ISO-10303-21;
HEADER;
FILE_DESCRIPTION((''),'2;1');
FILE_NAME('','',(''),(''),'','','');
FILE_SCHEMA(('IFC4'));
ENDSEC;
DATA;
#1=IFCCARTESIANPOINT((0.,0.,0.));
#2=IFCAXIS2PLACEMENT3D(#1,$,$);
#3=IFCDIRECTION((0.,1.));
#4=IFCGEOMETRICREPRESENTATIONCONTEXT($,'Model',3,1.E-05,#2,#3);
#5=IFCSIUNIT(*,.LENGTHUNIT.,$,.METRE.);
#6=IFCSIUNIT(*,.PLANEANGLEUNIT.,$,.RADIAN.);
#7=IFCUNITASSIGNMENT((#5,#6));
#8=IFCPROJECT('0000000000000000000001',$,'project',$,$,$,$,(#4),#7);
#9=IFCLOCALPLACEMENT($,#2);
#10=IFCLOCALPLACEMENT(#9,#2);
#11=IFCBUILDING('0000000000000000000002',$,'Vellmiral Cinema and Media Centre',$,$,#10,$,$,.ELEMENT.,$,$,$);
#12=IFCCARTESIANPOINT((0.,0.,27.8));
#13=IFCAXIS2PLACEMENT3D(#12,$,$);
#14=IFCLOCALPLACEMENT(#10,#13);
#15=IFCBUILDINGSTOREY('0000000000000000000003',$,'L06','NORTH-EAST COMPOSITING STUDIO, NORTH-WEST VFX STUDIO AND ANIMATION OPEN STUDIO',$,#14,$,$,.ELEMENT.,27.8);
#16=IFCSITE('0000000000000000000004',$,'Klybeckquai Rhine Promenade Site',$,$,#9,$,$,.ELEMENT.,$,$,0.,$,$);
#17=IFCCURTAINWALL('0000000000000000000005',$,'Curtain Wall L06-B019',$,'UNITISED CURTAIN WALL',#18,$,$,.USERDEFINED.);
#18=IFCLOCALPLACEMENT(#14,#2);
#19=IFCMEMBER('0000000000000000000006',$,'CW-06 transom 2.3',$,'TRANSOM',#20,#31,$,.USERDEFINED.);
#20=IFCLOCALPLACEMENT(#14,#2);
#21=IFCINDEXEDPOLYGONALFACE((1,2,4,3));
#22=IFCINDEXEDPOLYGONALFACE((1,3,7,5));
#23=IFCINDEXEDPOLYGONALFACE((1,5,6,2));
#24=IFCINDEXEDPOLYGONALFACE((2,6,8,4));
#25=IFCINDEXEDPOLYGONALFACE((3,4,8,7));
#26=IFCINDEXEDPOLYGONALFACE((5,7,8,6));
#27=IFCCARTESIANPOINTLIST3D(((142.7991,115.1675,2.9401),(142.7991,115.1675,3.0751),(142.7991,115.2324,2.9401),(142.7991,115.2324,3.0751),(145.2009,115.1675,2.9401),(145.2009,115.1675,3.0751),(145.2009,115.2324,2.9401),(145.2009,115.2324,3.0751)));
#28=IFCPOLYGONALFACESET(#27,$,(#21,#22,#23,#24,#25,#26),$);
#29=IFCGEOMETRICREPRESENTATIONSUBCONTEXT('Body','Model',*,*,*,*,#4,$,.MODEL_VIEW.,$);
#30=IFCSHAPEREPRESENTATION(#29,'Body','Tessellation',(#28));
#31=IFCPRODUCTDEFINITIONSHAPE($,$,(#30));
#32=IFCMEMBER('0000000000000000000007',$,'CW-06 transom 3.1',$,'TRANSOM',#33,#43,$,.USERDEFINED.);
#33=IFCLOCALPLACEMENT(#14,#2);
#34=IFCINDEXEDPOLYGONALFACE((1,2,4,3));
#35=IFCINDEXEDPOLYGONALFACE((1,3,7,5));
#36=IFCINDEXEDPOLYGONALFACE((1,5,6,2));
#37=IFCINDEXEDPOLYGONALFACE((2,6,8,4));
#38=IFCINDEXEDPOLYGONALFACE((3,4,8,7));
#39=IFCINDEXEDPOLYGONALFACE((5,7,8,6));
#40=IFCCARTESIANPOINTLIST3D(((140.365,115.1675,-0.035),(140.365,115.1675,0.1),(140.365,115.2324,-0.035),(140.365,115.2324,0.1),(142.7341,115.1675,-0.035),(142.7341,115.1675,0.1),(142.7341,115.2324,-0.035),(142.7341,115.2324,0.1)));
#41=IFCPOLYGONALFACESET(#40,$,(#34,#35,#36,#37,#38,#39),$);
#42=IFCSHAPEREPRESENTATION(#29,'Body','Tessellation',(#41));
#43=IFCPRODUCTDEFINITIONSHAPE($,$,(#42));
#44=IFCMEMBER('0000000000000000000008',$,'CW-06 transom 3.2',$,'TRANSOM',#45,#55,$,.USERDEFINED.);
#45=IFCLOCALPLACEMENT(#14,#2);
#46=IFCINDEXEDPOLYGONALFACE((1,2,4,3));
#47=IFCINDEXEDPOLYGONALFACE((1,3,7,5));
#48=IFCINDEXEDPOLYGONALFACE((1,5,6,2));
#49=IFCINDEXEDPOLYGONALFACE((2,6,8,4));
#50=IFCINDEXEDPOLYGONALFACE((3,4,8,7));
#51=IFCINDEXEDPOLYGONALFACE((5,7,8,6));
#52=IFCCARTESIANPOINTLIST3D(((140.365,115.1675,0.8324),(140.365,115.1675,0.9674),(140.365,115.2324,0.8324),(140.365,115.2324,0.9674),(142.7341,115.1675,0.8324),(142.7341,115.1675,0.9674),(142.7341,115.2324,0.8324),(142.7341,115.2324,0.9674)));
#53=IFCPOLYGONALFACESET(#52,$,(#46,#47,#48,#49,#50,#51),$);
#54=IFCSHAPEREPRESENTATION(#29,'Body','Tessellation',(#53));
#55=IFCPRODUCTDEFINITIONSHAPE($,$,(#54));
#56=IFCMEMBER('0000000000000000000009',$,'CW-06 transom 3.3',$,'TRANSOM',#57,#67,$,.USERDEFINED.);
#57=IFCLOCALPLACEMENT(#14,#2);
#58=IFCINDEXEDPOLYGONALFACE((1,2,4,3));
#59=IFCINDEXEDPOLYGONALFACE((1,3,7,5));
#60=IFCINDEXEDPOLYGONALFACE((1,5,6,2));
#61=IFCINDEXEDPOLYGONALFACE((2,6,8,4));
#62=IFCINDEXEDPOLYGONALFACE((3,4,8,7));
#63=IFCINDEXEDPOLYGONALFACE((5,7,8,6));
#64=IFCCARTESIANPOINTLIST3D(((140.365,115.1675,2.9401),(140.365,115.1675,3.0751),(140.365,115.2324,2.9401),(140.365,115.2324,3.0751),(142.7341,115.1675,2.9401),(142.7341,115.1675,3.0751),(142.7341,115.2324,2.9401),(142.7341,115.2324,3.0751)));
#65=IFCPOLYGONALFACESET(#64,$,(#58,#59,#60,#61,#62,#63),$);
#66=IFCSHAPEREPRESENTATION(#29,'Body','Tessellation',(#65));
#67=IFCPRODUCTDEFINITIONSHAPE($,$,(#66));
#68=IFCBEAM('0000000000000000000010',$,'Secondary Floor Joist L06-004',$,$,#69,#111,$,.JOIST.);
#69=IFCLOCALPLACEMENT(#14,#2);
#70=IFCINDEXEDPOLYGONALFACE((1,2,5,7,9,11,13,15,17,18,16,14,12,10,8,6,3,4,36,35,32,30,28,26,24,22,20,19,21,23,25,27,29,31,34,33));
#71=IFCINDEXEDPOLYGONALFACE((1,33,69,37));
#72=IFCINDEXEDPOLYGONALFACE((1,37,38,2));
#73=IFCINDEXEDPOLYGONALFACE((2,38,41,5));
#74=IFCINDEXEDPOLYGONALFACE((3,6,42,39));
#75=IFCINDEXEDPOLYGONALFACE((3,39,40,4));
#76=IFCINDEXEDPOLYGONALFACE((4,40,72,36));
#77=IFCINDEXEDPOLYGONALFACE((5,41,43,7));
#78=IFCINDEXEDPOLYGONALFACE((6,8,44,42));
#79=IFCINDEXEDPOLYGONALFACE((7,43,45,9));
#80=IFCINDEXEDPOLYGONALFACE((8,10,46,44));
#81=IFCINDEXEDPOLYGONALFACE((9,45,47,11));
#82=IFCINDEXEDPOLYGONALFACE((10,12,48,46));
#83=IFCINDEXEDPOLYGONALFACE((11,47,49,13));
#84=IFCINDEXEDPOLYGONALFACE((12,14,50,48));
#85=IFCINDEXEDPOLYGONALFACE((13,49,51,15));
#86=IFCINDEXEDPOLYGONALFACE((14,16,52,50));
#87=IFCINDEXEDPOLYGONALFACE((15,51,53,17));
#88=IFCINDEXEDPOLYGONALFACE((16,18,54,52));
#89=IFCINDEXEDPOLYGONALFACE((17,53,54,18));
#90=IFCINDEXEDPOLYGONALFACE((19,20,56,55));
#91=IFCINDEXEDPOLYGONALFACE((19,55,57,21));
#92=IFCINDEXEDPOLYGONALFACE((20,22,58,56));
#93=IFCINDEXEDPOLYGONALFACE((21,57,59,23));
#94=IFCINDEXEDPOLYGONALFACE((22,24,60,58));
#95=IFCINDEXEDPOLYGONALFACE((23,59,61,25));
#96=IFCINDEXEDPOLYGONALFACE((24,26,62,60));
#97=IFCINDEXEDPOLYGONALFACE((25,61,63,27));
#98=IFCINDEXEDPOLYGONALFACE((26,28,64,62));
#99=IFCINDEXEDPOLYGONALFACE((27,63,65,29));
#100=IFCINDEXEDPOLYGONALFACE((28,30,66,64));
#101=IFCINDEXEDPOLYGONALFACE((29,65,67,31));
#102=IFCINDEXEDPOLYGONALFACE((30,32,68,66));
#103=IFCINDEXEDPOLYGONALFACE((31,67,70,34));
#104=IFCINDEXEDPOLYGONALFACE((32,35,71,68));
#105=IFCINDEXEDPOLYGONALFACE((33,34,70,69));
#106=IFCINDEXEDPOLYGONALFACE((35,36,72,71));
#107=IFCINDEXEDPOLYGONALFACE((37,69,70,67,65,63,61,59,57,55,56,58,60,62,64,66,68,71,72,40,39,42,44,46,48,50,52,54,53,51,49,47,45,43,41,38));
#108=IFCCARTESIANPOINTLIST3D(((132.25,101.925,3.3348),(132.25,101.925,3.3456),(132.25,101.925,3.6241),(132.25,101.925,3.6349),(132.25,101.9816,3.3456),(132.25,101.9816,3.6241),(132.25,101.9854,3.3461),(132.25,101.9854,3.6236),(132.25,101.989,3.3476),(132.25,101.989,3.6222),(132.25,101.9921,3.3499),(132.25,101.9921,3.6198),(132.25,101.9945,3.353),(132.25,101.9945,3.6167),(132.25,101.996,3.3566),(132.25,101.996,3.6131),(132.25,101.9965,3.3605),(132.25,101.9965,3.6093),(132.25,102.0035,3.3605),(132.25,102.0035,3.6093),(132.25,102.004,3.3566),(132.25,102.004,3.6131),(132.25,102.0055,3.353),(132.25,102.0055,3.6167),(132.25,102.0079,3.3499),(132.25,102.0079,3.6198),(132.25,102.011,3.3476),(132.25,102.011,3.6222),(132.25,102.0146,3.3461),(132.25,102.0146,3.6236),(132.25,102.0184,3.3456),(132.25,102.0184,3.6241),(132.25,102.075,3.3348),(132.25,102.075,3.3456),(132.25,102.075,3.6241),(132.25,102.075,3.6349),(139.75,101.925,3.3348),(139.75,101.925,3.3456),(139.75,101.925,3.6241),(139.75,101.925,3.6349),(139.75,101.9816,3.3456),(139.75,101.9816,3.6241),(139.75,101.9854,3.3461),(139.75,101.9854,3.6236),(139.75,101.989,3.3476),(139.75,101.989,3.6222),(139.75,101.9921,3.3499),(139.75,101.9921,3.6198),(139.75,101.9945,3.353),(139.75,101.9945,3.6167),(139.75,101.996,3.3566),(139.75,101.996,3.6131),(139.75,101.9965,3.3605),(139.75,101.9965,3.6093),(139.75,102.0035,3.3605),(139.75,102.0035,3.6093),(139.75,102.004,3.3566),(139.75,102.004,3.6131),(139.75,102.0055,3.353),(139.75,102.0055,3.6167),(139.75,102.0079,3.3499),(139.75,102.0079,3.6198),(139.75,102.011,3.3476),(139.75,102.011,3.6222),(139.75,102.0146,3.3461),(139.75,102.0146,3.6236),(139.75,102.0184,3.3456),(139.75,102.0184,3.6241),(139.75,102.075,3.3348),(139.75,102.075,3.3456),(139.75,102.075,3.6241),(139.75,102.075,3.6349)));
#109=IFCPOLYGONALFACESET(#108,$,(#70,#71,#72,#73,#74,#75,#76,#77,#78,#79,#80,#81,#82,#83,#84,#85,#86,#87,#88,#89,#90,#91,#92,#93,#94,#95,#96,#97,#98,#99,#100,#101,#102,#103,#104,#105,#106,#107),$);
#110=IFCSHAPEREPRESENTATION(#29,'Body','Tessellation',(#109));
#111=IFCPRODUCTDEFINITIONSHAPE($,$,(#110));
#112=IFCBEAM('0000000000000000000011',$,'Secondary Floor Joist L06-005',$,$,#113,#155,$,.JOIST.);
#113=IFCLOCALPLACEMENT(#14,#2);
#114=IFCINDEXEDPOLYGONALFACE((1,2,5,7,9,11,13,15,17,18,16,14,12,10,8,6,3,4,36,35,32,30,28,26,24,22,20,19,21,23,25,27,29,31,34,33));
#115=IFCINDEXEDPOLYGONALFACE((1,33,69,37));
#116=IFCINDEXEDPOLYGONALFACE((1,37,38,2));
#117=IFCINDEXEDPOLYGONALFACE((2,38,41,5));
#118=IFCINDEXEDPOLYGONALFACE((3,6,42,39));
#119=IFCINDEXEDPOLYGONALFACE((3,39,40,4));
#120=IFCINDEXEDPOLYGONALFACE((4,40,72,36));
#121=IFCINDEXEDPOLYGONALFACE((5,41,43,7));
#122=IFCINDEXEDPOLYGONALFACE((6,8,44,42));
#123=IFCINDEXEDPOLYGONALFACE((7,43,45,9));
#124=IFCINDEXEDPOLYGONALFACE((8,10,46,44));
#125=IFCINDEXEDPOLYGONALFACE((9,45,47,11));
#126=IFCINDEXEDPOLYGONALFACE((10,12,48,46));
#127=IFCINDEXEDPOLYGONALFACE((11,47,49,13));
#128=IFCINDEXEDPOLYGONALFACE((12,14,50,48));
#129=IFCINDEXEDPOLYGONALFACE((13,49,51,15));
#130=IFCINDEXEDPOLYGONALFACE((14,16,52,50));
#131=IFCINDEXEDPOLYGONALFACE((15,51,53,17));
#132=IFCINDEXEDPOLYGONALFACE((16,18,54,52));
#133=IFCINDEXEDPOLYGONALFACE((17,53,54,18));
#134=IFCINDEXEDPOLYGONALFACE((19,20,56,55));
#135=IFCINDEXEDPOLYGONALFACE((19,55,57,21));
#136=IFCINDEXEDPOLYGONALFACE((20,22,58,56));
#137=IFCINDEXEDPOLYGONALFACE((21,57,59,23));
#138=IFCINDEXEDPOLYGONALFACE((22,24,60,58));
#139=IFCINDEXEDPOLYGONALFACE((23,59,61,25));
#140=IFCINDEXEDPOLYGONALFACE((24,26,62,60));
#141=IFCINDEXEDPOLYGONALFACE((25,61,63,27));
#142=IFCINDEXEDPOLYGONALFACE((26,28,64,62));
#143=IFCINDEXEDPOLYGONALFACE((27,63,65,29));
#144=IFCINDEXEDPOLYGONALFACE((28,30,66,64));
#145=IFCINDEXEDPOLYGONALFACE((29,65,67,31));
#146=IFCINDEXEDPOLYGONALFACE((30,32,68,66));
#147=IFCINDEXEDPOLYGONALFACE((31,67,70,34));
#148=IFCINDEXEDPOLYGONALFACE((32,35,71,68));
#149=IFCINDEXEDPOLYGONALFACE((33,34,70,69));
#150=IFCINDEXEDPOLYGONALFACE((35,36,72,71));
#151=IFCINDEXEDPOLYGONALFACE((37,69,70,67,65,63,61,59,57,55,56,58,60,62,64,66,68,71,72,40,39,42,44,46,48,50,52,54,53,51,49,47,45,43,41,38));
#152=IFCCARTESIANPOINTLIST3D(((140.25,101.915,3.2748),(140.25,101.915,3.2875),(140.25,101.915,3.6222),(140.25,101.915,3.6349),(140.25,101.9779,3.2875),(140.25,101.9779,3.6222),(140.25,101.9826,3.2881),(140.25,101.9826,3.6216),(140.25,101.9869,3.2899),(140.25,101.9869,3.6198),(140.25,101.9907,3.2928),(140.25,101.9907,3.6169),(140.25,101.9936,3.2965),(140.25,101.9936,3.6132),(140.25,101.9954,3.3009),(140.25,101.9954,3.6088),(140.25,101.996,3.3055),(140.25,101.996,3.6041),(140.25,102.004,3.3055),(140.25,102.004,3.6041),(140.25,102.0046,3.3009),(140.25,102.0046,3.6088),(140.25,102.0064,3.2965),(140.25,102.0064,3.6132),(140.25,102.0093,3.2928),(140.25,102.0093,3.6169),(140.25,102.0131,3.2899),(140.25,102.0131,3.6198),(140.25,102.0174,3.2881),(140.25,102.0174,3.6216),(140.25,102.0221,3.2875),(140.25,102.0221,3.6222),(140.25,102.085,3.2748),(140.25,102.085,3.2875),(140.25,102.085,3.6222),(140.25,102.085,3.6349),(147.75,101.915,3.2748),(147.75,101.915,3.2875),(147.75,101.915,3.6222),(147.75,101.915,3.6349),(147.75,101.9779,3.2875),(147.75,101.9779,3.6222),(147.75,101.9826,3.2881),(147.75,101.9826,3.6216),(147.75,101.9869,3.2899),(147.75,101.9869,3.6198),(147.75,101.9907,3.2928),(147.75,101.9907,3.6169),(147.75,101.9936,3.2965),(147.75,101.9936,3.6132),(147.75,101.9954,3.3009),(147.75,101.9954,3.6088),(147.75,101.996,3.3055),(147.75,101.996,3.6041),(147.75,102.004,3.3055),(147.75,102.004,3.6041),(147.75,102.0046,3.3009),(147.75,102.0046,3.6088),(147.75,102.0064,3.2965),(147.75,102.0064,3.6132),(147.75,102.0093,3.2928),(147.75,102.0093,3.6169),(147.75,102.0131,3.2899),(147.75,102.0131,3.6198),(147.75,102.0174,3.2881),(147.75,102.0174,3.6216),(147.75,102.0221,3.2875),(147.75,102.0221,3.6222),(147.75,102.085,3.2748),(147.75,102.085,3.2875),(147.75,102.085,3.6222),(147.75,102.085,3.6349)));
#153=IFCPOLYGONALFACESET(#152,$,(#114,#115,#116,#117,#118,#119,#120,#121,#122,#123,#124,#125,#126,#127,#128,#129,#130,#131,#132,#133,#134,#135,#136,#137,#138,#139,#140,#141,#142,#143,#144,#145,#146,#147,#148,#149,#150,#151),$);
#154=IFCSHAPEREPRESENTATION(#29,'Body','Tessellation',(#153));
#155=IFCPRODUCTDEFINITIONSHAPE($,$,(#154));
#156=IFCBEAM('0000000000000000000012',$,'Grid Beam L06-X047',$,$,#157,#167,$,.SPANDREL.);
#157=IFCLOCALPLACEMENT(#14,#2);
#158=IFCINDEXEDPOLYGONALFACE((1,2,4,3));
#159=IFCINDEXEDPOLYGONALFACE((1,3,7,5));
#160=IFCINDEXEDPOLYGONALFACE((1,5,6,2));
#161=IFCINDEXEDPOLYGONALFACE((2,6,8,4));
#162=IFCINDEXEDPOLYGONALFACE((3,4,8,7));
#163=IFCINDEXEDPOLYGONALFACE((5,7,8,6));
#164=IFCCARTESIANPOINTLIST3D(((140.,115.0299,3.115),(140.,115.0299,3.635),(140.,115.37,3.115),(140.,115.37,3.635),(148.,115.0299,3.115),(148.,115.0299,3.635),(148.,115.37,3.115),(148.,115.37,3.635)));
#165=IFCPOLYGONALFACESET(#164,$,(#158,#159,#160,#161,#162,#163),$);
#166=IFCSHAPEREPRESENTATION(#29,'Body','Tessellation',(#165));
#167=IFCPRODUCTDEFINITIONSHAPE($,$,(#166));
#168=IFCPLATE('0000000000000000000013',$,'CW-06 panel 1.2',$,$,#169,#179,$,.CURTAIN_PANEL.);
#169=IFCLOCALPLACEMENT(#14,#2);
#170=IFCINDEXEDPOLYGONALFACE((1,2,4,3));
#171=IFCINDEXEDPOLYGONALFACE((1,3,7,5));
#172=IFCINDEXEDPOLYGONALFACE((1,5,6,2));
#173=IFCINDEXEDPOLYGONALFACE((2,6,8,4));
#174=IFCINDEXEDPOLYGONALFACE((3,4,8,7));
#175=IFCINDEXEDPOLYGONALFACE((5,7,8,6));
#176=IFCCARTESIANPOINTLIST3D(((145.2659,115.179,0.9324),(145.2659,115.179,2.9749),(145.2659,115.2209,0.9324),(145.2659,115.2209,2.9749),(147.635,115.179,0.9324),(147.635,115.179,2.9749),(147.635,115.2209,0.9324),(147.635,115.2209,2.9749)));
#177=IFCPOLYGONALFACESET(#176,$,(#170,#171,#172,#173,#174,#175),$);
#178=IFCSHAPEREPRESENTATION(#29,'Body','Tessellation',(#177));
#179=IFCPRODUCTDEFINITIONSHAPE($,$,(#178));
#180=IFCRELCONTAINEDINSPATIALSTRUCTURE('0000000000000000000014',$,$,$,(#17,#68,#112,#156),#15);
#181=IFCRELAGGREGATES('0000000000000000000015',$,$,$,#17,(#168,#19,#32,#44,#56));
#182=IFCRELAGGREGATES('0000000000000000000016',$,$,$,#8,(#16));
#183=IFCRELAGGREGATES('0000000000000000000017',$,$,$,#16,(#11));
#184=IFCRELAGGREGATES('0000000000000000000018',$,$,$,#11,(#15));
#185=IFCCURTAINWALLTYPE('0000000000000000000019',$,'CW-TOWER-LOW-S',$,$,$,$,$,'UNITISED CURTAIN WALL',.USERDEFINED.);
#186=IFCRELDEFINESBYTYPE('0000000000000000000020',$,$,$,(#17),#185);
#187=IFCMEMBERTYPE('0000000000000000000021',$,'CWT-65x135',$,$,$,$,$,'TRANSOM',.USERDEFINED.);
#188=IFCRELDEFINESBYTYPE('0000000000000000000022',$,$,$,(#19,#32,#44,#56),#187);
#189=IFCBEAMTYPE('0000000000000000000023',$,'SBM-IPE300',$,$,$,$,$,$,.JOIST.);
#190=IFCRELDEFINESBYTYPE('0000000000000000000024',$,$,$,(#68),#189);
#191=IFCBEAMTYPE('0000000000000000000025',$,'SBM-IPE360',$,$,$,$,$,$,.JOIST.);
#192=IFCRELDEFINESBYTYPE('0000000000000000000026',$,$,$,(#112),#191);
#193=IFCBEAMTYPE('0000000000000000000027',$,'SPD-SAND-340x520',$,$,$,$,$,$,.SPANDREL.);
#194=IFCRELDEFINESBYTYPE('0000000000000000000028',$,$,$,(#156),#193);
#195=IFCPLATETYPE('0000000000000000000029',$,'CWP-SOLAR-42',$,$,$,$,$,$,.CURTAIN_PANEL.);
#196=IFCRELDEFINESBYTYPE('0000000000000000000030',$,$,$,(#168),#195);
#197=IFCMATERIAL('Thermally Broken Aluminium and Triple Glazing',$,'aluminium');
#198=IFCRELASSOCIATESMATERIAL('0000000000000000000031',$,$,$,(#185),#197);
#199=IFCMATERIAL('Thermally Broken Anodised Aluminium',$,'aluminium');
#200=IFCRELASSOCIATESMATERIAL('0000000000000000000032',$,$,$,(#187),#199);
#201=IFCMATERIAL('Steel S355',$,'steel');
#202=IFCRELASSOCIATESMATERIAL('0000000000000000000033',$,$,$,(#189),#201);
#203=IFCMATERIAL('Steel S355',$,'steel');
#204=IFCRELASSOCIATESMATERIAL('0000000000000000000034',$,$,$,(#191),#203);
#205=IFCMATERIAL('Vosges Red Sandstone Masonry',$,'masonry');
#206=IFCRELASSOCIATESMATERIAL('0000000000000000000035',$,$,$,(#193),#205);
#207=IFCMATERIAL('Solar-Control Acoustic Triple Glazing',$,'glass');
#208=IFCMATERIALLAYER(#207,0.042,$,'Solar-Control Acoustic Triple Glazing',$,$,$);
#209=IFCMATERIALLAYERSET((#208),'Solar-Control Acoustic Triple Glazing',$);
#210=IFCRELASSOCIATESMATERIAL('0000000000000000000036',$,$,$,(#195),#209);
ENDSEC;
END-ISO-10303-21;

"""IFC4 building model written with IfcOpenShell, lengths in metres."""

from ifc_helpers import new_model, si_unit, direction, frame, origin, origin_2d, place, context, subcontext, project, spatial, rectangle, i_section, extrude, material, layer, layer_set, material_profile, profile_set, type_object, element, aggregate, save


model = new_model("IFC4")

# Units and contexts
model_context = context("Model", 3, precision=1e-05, world=origin(), true_north=direction((0.0, 1.0)))
body_context = subcontext(model_context, "Body", "Model", "MODEL_VIEW")
ifc_project = project(units=[si_unit("LENGTHUNIT", "METRE"), si_unit("PLANEANGLEUNIT", "RADIAN")], contexts=[model_context])

# Site, building, storey
site_placement = place(None, origin())
site = spatial("IfcSite", under=ifc_project, at=site_placement, Name="Klybeckquai Rhine Promenade Site", CompositionType="ELEMENT", RefElevation=0.0)
building_placement = place(site_placement, origin())
building = spatial("IfcBuilding", under=site, at=building_placement, Name="Vellmiral Cinema and Media Centre", CompositionType="ELEMENT")
storey_placement = place(building_placement, frame((0.0, 0.0, 27.8)))
storey = spatial("IfcBuildingStorey", under=building, at=storey_placement, Name="L06", Description="NORTH-EAST COMPOSITING STUDIO, NORTH-WEST VFX STUDIO AND ANIMATION OPEN STUDIO", CompositionType="ELEMENT", Elevation=27.8)

# Curtain wall, members
ifc_material_1 = material(Name="Thermally Broken Aluminium and Triple Glazing", Category="aluminium")
curtain_wall_type = type_object("IfcCurtainWallType", Name="CW-TOWER-LOW-S", ElementType="UNITISED CURTAIN WALL", PredefinedType="USERDEFINED", material=ifc_material_1)
curtain_wall_placement = place(storey_placement, origin())
curtain_wall = element("IfcCurtainWall", 1, at=curtain_wall_placement, inside=storey, type_object=curtain_wall_type, Name="Curtain Wall L06-B019", ObjectType="UNITISED CURTAIN WALL", PredefinedType="USERDEFINED")
ifc_material_2 = material(Name="Thermally Broken Anodised Aluminium", Category="aluminium")
ifc_material_profile_1 = material_profile(ifc_material_2, rectangle(XDim=0.0649, YDim=0.135, at=origin_2d()), Name="MULL 65x135")
ifc_profile_set_1 = profile_set([ifc_material_profile_1], Name="Thermally Broken Anodised Aluminium")
member_type_1 = type_object("IfcMemberType", Name="CWT-65x135", ElementType="TRANSOM", PredefinedType="USERDEFINED", material=ifc_profile_set_1)
member_1_placement = place(storey_placement, frame((145.2009, 115.2, 3.0076), z_axis=(-1.0, 0.0, 0.0), x_axis=(0.0, -1.0, 0.0)))
member_1 = element("IfcMember", 2, at=member_1_placement, type_object=member_type_1, Name="CW-06 transom 2.3", ObjectType="TRANSOM", PredefinedType="USERDEFINED", context=body_context, shape_type="SweptSolid", body=[
    extrude(rectangle(XDim=0.0649, YDim=0.135, at=origin_2d()), origin(), (0.0, 0.0, 1.0), 2.4019),
])
member_2_placement = place(storey_placement, frame((142.7341, 115.2, 0.0325), z_axis=(-1.0, 0.0, 0.0), x_axis=(0.0, -1.0, 0.0)))
member_2 = element("IfcMember", 3, at=member_2_placement, type_object=member_type_1, Name="CW-06 transom 3.1", ObjectType="TRANSOM", PredefinedType="USERDEFINED", context=body_context, shape_type="SweptSolid", body=[
    extrude(rectangle(XDim=0.0649, YDim=0.135, at=origin_2d()), origin(), (0.0, 0.0, 1.0), 2.3691),
])
member_3_placement = place(storey_placement, frame((142.7341, 115.2, 0.8999), z_axis=(-1.0, 0.0, 0.0), x_axis=(0.0, -1.0, 0.0)))
member_3 = element("IfcMember", 4, at=member_3_placement, type_object=member_type_1, Name="CW-06 transom 3.2", ObjectType="TRANSOM", PredefinedType="USERDEFINED", context=body_context, shape_type="SweptSolid", body=[
    extrude(rectangle(XDim=0.0649, YDim=0.135, at=origin_2d()), origin(), (0.0, 0.0, 1.0), 2.3691),
])
member_4_placement = place(storey_placement, frame((142.7341, 115.2, 3.0076), z_axis=(-1.0, 0.0, 0.0), x_axis=(0.0, -1.0, 0.0)))
member_4 = element("IfcMember", 5, at=member_4_placement, type_object=member_type_1, Name="CW-06 transom 3.3", ObjectType="TRANSOM", PredefinedType="USERDEFINED", context=body_context, shape_type="SweptSolid", body=[
    extrude(rectangle(XDim=0.0649, YDim=0.135, at=origin_2d()), origin(), (0.0, 0.0, 1.0), 2.3691),
])

# Beams
ifc_material_3 = material(Name="Steel S355", Category="steel")
ifc_material_profile_2 = material_profile(ifc_material_3, i_section(OverallWidth=0.1499, OverallDepth=0.3, WebThickness=0.0071, FlangeThickness=0.0107, FilletRadius=0.0149, at=origin_2d()), Name="IPE 300")
ifc_profile_set_2 = profile_set([ifc_material_profile_2], Name="Steel S355")
beam_type_1 = type_object("IfcBeamType", Name="SBM-IPE300", PredefinedType="JOIST", material=ifc_profile_set_2)
beam_1_placement = place(storey_placement, frame((132.25, 102.0, 3.4849), z_axis=(1.0, 0.0, 0.0), x_axis=(0.0, 1.0, 0.0)))
element("IfcBeam", 6, at=beam_1_placement, inside=storey, type_object=beam_type_1, Name="Secondary Floor Joist L06-004", PredefinedType="JOIST", context=body_context, shape_type="SweptSolid", body=[
    extrude(i_section(OverallWidth=0.1499, OverallDepth=0.3, WebThickness=0.0071, FlangeThickness=0.0107, FilletRadius=0.0149, at=origin_2d()), origin(), (0.0, 0.0, 1.0), 7.5),
])
ifc_material_4 = material(Name="Steel S355", Category="steel")
ifc_material_profile_3 = material_profile(ifc_material_4, i_section(OverallWidth=0.1699, OverallDepth=0.3601, WebThickness=0.0081, FlangeThickness=0.0127, FilletRadius=0.0181, at=origin_2d()), Name="IPE 360")
ifc_profile_set_3 = profile_set([ifc_material_profile_3], Name="Steel S355")
beam_type_2 = type_object("IfcBeamType", Name="SBM-IPE360", PredefinedType="JOIST", material=ifc_profile_set_3)
beam_2_placement = place(storey_placement, frame((140.25, 102.0, 3.4548), z_axis=(1.0, 0.0, 0.0), x_axis=(0.0, 1.0, 0.0)))
element("IfcBeam", 7, at=beam_2_placement, inside=storey, type_object=beam_type_2, Name="Secondary Floor Joist L06-005", PredefinedType="JOIST", context=body_context, shape_type="SweptSolid", body=[
    extrude(i_section(OverallWidth=0.1699, OverallDepth=0.3601, WebThickness=0.0081, FlangeThickness=0.0127, FilletRadius=0.0181, at=origin_2d()), origin(), (0.0, 0.0, 1.0), 7.5),
])
ifc_material_5 = material(Name="Vosges Red Sandstone Masonry", Category="masonry")
ifc_material_profile_4 = material_profile(ifc_material_5, rectangle(XDim=0.3401, YDim=0.52, at=origin_2d()), Name="SAND 340x520")
ifc_profile_set_4 = profile_set([ifc_material_profile_4], Name="Vosges Red Sandstone Masonry")
beam_type_3 = type_object("IfcBeamType", Name="SPD-SAND-340x520", PredefinedType="SPANDREL", material=ifc_profile_set_4)
beam_3_placement = place(storey_placement, frame((140.0, 115.2, 3.375), z_axis=(1.0, 0.0, 0.0), x_axis=(0.0, 1.0, 0.0)))
element("IfcBeam", 8, at=beam_3_placement, inside=storey, type_object=beam_type_3, Name="Grid Beam L06-X047", PredefinedType="SPANDREL", context=body_context, shape_type="SweptSolid", body=[
    extrude(rectangle(XDim=0.3401, YDim=0.52, at=origin_2d()), origin(), (0.0, 0.0, 1.0), 8.0),
])

# Plate
ifc_material_6 = material(Name="Solar-Control Acoustic Triple Glazing", Category="glass")
ifc_layer_1 = layer(ifc_material_6, 0.042, Name="Solar-Control Acoustic Triple Glazing")
ifc_layer_set_1 = layer_set([ifc_layer_1], Name="Solar-Control Acoustic Triple Glazing")
plate_type_1 = type_object("IfcPlateType", Name="CWP-SOLAR-42", PredefinedType="CURTAIN_PANEL", material=ifc_layer_set_1)
plate_1_placement = place(storey_placement, frame((146.4504, 115.2, 0.9324), z_axis=(0.0, 0.0, 1.0), x_axis=(-1.0, 0.0, 0.0)))
plate_1 = element("IfcPlate", 9, at=plate_1_placement, type_object=plate_type_1, Name="CW-06 panel 1.2", PredefinedType="CURTAIN_PANEL", context=body_context, shape_type="SweptSolid", body=[
    extrude(rectangle(XDim=2.3691, YDim=0.042, at=origin_2d()), origin(), (0.0, 0.0, 1.0), 2.0425),
])
aggregate(curtain_wall, [plate_1, member_1, member_2, member_3, member_4])

save(model, "model.ifc")
